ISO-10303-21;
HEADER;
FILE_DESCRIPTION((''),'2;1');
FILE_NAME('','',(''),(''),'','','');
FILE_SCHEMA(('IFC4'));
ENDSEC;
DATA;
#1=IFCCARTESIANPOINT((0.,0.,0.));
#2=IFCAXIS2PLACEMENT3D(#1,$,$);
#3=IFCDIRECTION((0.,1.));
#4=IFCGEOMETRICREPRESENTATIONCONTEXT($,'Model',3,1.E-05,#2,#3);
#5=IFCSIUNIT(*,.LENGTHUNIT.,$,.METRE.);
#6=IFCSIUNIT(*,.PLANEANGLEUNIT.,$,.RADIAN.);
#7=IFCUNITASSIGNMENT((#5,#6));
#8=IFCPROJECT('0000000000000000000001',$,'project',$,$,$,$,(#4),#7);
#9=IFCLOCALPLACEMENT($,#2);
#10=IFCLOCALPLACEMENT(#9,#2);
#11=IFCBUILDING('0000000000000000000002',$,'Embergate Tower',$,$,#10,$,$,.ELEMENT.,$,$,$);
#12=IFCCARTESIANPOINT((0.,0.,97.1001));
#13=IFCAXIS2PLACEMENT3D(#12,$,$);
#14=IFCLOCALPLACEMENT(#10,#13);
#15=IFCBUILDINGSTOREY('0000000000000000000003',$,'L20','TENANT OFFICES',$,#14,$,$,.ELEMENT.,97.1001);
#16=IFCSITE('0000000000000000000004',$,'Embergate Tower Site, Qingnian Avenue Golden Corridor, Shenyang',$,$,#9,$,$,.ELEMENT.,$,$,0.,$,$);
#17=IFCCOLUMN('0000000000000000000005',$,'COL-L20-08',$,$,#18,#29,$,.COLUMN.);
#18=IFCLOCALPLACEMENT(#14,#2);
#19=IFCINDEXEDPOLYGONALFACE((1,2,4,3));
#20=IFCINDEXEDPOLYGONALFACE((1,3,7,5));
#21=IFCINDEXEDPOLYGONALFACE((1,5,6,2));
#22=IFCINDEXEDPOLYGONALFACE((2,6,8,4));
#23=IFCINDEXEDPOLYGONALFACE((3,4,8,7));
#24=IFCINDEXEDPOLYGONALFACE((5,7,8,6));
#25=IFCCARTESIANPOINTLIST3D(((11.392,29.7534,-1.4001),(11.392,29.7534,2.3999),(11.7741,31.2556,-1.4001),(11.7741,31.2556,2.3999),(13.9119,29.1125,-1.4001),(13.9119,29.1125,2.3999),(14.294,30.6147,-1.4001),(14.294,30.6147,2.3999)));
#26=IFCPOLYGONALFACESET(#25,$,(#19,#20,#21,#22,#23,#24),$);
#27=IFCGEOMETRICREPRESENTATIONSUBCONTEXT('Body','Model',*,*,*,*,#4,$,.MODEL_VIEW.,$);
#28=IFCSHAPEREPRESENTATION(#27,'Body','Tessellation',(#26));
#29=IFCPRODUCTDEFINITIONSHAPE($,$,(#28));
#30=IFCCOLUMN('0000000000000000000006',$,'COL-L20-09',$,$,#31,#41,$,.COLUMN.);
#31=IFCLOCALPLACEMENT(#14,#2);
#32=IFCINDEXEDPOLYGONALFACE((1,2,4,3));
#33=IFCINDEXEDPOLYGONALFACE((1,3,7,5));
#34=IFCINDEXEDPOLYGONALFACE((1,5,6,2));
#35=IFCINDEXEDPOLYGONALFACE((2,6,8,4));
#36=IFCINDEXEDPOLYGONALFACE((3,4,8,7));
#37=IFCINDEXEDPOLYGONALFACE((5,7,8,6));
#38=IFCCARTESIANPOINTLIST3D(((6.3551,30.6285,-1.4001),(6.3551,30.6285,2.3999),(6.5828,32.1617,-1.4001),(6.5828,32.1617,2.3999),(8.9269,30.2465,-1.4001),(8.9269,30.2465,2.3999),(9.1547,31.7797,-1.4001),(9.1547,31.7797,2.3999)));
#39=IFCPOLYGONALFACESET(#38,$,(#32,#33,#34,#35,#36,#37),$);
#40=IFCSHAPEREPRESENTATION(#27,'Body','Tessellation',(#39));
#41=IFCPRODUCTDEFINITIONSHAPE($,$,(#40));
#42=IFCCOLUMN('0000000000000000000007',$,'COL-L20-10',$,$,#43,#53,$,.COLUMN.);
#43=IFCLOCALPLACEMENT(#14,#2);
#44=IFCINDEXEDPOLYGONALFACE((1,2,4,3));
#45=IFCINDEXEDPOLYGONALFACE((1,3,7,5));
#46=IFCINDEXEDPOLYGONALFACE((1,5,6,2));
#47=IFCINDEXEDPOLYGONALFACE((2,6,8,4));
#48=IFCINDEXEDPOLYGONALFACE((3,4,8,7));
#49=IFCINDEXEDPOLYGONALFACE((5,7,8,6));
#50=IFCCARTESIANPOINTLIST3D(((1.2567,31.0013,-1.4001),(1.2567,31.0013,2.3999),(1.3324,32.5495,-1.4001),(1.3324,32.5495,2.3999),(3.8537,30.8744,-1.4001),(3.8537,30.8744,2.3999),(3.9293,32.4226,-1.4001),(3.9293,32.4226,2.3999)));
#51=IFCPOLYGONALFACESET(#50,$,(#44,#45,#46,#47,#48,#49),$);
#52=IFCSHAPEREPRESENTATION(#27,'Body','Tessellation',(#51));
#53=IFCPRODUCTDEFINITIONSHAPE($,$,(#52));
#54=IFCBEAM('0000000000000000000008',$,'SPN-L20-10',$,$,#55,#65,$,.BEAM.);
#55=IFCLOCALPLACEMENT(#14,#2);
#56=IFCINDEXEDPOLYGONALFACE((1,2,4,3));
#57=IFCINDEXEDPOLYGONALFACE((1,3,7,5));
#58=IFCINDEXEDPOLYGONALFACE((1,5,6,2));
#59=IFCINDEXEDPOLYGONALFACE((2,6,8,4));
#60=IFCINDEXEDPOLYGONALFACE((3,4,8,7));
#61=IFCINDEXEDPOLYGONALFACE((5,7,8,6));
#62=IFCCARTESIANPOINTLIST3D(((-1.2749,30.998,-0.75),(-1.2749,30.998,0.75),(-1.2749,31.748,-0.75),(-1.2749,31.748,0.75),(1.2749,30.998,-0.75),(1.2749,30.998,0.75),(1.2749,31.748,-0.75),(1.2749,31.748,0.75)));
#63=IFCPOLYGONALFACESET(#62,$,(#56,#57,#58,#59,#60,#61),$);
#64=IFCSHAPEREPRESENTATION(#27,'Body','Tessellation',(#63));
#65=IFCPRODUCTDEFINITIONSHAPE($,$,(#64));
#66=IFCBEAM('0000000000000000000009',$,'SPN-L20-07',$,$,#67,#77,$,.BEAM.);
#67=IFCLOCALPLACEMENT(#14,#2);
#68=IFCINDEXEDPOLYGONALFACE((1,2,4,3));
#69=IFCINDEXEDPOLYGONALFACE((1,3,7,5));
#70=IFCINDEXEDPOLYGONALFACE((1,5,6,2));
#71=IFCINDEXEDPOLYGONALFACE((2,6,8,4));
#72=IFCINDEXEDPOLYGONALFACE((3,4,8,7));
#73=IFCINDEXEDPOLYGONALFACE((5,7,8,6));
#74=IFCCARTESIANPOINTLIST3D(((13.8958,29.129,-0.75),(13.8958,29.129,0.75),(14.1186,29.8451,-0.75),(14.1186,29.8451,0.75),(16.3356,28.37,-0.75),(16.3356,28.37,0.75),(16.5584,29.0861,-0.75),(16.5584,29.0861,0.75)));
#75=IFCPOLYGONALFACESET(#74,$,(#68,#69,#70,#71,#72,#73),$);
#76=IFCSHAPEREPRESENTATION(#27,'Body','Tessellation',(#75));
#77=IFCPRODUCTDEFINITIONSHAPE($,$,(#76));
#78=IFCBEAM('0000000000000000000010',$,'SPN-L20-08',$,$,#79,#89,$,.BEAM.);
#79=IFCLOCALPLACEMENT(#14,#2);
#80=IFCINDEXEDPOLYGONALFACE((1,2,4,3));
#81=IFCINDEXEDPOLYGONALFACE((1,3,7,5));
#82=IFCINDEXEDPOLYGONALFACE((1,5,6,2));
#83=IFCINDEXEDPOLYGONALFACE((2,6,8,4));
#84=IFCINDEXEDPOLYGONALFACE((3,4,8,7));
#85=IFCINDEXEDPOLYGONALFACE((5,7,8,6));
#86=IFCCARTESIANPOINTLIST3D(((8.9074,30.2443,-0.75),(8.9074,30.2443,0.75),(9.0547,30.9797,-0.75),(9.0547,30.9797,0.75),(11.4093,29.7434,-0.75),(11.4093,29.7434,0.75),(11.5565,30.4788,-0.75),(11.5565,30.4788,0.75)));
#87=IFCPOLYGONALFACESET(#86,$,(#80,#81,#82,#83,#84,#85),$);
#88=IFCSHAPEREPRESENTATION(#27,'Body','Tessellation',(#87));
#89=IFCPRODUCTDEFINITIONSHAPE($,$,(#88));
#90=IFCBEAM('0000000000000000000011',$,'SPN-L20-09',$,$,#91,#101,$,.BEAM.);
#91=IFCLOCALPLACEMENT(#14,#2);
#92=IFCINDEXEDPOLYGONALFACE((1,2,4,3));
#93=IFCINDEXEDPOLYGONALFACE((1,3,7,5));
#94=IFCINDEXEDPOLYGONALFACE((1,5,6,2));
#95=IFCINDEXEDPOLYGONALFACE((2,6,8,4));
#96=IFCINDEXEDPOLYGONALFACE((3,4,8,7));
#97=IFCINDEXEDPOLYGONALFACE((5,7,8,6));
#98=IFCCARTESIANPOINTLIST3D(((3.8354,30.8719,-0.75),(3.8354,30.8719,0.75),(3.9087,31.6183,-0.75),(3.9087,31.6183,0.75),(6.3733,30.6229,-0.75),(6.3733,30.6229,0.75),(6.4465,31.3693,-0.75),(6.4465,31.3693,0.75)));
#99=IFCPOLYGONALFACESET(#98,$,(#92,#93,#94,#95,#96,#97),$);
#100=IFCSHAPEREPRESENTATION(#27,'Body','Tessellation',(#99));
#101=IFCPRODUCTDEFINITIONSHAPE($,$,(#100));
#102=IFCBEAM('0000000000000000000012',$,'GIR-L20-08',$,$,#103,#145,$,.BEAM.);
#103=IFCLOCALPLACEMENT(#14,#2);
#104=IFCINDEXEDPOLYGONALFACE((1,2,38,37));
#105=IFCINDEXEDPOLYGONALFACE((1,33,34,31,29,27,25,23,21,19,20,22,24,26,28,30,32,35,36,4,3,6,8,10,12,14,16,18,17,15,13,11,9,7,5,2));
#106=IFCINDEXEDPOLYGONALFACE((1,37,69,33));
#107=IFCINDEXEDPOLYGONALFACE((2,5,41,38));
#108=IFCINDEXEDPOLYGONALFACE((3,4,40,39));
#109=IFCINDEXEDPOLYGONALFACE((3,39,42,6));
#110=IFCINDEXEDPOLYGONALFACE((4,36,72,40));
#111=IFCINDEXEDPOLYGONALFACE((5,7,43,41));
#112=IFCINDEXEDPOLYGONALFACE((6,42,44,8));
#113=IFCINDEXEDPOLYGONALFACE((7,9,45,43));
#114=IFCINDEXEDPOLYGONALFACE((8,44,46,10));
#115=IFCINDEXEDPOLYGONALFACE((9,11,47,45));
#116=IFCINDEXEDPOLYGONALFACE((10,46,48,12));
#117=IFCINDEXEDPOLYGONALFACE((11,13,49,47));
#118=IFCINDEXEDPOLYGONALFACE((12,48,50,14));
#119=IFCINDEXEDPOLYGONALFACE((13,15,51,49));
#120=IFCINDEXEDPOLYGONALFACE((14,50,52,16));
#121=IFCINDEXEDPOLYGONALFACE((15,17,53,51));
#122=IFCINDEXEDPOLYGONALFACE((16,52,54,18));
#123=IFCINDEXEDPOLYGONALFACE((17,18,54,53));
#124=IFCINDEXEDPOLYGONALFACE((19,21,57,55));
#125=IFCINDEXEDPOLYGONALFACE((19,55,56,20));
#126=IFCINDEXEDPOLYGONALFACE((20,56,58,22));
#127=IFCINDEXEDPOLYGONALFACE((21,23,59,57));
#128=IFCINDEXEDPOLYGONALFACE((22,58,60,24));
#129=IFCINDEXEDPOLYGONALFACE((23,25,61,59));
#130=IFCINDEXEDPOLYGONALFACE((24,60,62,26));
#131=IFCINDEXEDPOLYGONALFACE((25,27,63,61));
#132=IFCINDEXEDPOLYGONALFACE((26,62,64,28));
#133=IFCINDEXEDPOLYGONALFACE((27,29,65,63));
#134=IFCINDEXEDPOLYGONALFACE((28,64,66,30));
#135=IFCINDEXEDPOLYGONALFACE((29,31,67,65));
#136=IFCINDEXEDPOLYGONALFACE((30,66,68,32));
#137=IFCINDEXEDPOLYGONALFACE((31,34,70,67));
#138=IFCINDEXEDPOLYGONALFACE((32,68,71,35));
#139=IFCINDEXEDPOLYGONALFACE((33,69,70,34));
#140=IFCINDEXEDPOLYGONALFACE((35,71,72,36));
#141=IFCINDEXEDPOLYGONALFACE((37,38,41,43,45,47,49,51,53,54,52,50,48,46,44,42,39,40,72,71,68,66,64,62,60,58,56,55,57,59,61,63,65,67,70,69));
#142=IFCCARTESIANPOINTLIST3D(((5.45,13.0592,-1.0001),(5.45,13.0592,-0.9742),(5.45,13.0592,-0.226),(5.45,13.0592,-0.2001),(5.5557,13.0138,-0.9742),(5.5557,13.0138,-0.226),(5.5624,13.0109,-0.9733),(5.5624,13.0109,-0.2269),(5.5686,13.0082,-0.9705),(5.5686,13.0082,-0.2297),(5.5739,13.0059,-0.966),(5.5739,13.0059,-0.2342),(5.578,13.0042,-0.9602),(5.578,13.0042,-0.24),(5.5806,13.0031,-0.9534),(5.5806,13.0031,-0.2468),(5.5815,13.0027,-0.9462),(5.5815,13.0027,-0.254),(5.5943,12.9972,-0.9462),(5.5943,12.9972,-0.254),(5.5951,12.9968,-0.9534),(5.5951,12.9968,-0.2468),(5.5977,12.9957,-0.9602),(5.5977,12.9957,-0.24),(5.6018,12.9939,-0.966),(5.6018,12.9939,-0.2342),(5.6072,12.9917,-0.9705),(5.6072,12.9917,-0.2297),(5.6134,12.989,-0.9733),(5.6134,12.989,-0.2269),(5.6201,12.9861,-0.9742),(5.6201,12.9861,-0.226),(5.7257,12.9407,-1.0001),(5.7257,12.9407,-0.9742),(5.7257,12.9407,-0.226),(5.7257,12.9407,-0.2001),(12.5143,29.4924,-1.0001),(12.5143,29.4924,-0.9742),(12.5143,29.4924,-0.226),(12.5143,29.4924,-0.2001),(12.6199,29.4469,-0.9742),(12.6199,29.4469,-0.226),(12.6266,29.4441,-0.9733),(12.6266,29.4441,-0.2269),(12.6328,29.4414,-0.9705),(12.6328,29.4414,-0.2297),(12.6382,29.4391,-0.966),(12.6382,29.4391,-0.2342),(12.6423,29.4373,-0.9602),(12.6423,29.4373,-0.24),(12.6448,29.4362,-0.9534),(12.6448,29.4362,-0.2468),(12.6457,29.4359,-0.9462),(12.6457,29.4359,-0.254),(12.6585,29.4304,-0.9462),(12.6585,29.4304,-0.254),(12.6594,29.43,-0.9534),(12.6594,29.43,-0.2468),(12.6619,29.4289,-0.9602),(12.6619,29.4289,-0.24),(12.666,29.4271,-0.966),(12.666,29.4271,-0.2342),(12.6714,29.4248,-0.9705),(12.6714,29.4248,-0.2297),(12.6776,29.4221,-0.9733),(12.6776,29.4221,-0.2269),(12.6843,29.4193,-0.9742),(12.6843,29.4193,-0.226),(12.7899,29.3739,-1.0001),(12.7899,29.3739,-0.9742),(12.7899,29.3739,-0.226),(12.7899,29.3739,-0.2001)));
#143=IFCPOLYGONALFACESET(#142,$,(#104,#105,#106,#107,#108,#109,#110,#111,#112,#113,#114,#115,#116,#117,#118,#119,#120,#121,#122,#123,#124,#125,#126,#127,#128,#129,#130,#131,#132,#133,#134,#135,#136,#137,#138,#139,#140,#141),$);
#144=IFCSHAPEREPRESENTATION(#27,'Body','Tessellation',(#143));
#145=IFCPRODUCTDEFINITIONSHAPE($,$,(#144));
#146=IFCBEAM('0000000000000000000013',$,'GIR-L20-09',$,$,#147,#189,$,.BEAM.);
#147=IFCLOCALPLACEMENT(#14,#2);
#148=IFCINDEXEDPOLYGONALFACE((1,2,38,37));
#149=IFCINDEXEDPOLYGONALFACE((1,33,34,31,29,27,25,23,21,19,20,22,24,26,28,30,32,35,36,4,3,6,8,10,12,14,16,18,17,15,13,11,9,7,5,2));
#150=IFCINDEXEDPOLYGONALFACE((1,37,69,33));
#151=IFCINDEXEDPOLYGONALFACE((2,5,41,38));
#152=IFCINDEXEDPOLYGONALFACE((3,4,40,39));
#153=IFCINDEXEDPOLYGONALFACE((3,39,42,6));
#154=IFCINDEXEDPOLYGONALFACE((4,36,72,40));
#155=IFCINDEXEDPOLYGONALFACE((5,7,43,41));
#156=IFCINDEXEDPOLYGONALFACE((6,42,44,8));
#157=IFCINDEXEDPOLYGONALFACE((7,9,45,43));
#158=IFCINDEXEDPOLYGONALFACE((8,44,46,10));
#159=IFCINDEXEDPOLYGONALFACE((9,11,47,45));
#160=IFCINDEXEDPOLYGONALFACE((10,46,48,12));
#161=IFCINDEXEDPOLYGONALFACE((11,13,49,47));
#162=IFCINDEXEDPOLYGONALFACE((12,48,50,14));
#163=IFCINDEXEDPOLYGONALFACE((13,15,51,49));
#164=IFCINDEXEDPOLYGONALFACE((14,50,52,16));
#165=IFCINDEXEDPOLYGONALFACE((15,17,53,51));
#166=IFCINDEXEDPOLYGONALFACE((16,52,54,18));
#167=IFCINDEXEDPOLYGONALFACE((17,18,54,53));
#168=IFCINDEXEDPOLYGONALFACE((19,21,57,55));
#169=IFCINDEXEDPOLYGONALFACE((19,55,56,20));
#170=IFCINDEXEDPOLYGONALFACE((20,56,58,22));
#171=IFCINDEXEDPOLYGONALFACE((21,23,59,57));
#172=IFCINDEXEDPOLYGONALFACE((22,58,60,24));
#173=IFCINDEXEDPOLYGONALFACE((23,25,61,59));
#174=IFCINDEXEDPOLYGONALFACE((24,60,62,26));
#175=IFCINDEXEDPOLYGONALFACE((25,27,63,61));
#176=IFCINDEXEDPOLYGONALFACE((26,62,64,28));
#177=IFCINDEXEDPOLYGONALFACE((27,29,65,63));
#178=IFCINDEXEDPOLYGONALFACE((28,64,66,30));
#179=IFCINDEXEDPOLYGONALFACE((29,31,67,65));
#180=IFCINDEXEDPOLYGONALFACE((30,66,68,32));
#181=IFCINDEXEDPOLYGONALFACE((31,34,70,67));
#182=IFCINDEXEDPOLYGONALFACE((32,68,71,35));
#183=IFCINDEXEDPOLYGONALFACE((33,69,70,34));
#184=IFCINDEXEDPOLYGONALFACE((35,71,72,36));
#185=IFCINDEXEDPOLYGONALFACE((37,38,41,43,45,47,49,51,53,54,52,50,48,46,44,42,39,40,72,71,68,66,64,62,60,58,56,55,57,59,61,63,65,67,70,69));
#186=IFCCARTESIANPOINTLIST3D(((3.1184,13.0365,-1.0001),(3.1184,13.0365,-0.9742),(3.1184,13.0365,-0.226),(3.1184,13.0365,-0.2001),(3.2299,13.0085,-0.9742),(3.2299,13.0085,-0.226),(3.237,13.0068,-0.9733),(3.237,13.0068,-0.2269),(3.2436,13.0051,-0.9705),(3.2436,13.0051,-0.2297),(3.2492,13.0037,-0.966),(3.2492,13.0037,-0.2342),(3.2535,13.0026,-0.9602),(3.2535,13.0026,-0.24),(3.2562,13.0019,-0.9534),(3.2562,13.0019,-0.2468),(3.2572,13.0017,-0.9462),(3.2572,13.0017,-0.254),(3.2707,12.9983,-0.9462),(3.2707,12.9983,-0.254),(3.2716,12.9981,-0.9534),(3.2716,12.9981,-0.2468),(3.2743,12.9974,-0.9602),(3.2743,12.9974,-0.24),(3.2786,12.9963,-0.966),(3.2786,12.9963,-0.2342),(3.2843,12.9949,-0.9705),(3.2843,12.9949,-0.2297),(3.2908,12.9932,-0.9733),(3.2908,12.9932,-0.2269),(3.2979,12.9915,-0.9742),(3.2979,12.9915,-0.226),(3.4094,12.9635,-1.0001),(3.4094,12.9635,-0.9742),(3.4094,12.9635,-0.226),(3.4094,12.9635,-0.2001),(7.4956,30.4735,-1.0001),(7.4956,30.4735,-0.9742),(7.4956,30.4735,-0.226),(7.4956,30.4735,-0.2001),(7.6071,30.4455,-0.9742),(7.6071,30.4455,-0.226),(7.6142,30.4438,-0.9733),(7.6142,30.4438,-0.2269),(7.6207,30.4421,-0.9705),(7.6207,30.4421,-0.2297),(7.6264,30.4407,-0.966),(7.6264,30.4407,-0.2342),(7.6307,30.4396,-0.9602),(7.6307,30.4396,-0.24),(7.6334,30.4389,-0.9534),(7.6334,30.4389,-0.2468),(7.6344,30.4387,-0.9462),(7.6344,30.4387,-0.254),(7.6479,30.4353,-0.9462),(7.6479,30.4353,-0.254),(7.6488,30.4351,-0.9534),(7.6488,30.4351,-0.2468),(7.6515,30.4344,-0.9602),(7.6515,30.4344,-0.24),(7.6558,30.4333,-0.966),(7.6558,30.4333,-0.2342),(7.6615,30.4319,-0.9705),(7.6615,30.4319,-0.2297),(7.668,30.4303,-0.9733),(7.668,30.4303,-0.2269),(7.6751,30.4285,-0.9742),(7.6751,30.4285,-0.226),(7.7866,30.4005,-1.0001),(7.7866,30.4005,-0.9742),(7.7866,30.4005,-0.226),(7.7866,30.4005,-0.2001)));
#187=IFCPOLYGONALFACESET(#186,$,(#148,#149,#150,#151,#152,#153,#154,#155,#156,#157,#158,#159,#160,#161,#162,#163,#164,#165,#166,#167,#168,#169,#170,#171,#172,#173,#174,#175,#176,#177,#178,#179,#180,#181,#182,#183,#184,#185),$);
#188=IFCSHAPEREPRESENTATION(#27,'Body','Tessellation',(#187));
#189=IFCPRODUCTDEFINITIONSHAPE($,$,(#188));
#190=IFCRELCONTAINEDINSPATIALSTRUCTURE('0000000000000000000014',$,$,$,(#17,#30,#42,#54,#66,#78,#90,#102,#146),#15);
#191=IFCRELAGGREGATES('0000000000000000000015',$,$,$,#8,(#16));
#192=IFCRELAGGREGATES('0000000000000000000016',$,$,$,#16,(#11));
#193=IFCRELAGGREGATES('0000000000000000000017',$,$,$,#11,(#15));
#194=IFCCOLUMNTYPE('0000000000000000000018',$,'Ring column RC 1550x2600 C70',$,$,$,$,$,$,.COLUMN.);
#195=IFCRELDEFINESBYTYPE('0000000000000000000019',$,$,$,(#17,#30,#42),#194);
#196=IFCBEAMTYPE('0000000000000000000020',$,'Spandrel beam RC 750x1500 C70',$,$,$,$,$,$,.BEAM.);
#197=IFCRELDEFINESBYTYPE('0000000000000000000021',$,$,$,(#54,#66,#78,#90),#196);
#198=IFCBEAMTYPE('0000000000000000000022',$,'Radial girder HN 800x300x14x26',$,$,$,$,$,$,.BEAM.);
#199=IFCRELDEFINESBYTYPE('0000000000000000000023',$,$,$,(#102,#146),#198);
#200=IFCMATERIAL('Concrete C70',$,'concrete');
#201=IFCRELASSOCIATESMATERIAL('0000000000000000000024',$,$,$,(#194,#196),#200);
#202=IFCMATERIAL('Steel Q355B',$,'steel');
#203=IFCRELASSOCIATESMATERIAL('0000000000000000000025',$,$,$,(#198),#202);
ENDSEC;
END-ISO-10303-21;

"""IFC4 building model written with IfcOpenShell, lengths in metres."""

from ifc_helpers import new_model, si_unit, direction, frame, origin, origin_2d, place, context, subcontext, project, spatial, rectangle, i_section, extrude, source, transform, mapped, material, material_profile, profile_set, type_object, element, save


model = new_model("IFC4")

# Units and contexts
model_context = context("Model", 3, precision=1e-05, world=origin(), true_north=direction((0.0, 1.0)))
body_context = subcontext(model_context, "Body", "Model", "MODEL_VIEW")
ifc_project = project(units=[si_unit("LENGTHUNIT", "METRE"), si_unit("PLANEANGLEUNIT", "RADIAN")], contexts=[model_context])

# Site, building, storey
site_placement = place(None, origin())
site = spatial("IfcSite", under=ifc_project, at=site_placement, Name="Embergate Tower Site, Qingnian Avenue Golden Corridor, Shenyang", CompositionType="ELEMENT", RefElevation=0.0)
building_placement = place(site_placement, origin())
building = spatial("IfcBuilding", under=site, at=building_placement, Name="Embergate Tower", CompositionType="ELEMENT")
storey_placement = place(building_placement, frame((0.0, 0.0, 97.1001)))
storey = spatial("IfcBuildingStorey", under=building, at=storey_placement, Name="L20", Description="TENANT OFFICES", CompositionType="ELEMENT", Elevation=97.1001)

# Columns
ifc_material_1 = material(Name="Concrete C70", Category="concrete")
ifc_material_profile_1 = material_profile(ifc_material_1, rectangle(XDim=1.55, YDim=2.6001, at=origin_2d()), Name="RC 1550x2600")
ifc_profile_set_1 = profile_set([ifc_material_profile_1], Name="Concrete C70")
column_type = type_object("IfcColumnType", Name="Ring column RC 1550x2600 C70", PredefinedType="COLUMN", material=ifc_profile_set_1)
shared_shape_1 = source(origin(), body_context, "Body", "SweptSolid", [
    extrude(rectangle(XDim=1.55, YDim=2.6001, at=origin_2d()), origin(), (0.0, 0.0, 1.0), 3.8),
])
for number, where, z_axis, x_axis, name in (
    (1, (12.843, 30.1841, -1.4001), (0.0, 0.0, 1.0), (0.246492, 0.969145, 0.0), "COL-L20-08"),
    (2, (7.7549, 31.2041, -1.4001), (0.0, 0.0, 1.0), (0.146929, 0.989147, 0.0), "COL-L20-09"),
    (3, (2.593, 31.7119, -1.4001), (0.0, 0.0, 1.0), (0.048815, 0.998808, 0.0), "COL-L20-10"),
):
    element("IfcColumn", number, at=place(storey_placement, frame(where, z_axis=z_axis, x_axis=x_axis)), inside=storey, type_object=column_type, Name=name, PredefinedType="COLUMN", context=body_context, shape_type="MappedRepresentation", body=[
        mapped(shared_shape_1, transform((0.0, 0.0, 0.0))),
    ])

# Beams
ifc_material_profile_2 = material_profile(ifc_material_1, rectangle(XDim=0.75, YDim=1.5, at=origin_2d()), Name="RC 750x1500")
ifc_profile_set_2 = profile_set([ifc_material_profile_2], Name="Concrete C70")
beam_type_1 = type_object("IfcBeamType", Name="Spandrel beam RC 750x1500 C70", PredefinedType="BEAM", material=ifc_profile_set_2)
shared_shape_2 = source(origin(), body_context, "Body", "SweptSolid", [
    extrude(rectangle(XDim=0.75, YDim=1.5, at=origin_2d()), origin(), (0.0, 0.0, 1.0), 2.5498),
])
beam_1_placement = place(storey_placement, frame((1.2749, 31.373, 0.0), z_axis=(-1.0, 0.0, 0.0), x_axis=(0.0, -1.0, 0.0)))
element("IfcBeam", 4, at=beam_1_placement, inside=storey, type_object=beam_type_1, Name="SPN-L20-10", PredefinedType="BEAM", context=body_context, shape_type="MappedRepresentation", body=[
    mapped(shared_shape_2, transform((0.0, 0.0, 0.0))),
])
shared_shape_3 = source(origin(), body_context, "Body", "SweptSolid", [
    extrude(rectangle(XDim=0.75, YDim=1.5, at=origin_2d()), origin(), (0.0, 0.0, 1.0), 2.5552),
])
beam_2_placement = place(storey_placement, frame((16.447, 28.728, 0.0), z_axis=(-0.954863, 0.297045, 0.0), x_axis=(-0.297045, -0.954863, 0.0)))
element("IfcBeam", 5, at=beam_2_placement, inside=storey, type_object=beam_type_1, Name="SPN-L20-07", PredefinedType="BEAM", context=body_context, shape_type="MappedRepresentation", body=[
    mapped(shared_shape_3, transform((0.0, 0.0, 0.0))),
])
shared_shape_4 = source(origin(), body_context, "Body", "SweptSolid", [
    extrude(rectangle(XDim=0.75, YDim=1.5, at=origin_2d()), origin(), (0.0, 0.0, 1.0), 2.5515),
])
beam_3_placement = place(storey_placement, frame((11.4829, 30.1111, 0.0), z_axis=(-0.980536, 0.196337, 0.0), x_axis=(-0.196337, -0.980536, 0.0)))
element("IfcBeam", 6, at=beam_3_placement, inside=storey, type_object=beam_type_1, Name="SPN-L20-08", PredefinedType="BEAM", context=body_context, shape_type="MappedRepresentation", body=[
    mapped(shared_shape_4, transform((0.0, 0.0, 0.0))),
])
shared_shape_5 = source(origin(), body_context, "Body", "SweptSolid", [
    extrude(rectangle(XDim=0.75, YDim=1.5, at=origin_2d()), origin(), (0.0, 0.0, 1.0), 2.55),
])
beam_4_placement = place(storey_placement, frame((6.4099, 30.9961, 0.0), z_axis=(-0.99522, 0.097655, 0.0), x_axis=(-0.097655, -0.99522, 0.0)))
element("IfcBeam", 7, at=beam_4_placement, inside=storey, type_object=beam_type_1, Name="SPN-L20-09", PredefinedType="BEAM", context=body_context, shape_type="MappedRepresentation", body=[
    mapped(shared_shape_5, transform((0.0, 0.0, 0.0))),
])
ifc_material_2 = material(Name="Steel Q355B", Category="steel")
ifc_material_profile_3 = material_profile(ifc_material_2, i_section(OverallWidth=0.3, OverallDepth=0.8, WebThickness=0.0139, FlangeThickness=0.0259, FilletRadius=0.0281, at=origin_2d()), Name="HN 800x300x14x26")
ifc_profile_set_3 = profile_set([ifc_material_profile_3], Name="Steel Q355 grade B")
beam_type_2 = type_object("IfcBeamType", Name="Radial girder HN 800x300x14x26", PredefinedType="BEAM", material=ifc_profile_set_3)
shared_shape_6 = source(origin(), body_context, "Body", "SweptSolid", [
    extrude(i_section(OverallWidth=0.3, OverallDepth=0.8, WebThickness=0.0139, FlangeThickness=0.0259, FilletRadius=0.0281, at=origin_2d()), origin(), (0.0, 0.0, 1.0), 17.8872),
])
beam_5_placement = place(storey_placement, frame((12.6521, 29.4331, -0.6001), z_axis=(-0.394932, -0.91871, 0.0), x_axis=(0.91871, -0.394932, 0.0)))
element("IfcBeam", 8, at=beam_5_placement, inside=storey, type_object=beam_type_2, Name="GIR-L20-08", PredefinedType="BEAM", context=body_context, shape_type="MappedRepresentation", body=[
    mapped(shared_shape_6, transform((0.0, 0.0, 0.0))),
])
shared_shape_7 = source(origin(), body_context, "Body", "SweptSolid", [
    extrude(i_section(OverallWidth=0.3, OverallDepth=0.8, WebThickness=0.0139, FlangeThickness=0.0259, FilletRadius=0.0281, at=origin_2d()), origin(), (0.0, 0.0, 1.0), 17.978),
])
beam_6_placement = place(storey_placement, frame((7.6411, 30.437, -0.6001), z_axis=(-0.243475, -0.969907, 0.0), x_axis=(0.969907, -0.243475, 0.0)))
element("IfcBeam", 9, at=beam_6_placement, inside=storey, type_object=beam_type_2, Name="GIR-L20-09", PredefinedType="BEAM", context=body_context, shape_type="MappedRepresentation", body=[
    mapped(shared_shape_7, transform((0.0, 0.0, 0.0))),
])

save(model, "model.ifc")
